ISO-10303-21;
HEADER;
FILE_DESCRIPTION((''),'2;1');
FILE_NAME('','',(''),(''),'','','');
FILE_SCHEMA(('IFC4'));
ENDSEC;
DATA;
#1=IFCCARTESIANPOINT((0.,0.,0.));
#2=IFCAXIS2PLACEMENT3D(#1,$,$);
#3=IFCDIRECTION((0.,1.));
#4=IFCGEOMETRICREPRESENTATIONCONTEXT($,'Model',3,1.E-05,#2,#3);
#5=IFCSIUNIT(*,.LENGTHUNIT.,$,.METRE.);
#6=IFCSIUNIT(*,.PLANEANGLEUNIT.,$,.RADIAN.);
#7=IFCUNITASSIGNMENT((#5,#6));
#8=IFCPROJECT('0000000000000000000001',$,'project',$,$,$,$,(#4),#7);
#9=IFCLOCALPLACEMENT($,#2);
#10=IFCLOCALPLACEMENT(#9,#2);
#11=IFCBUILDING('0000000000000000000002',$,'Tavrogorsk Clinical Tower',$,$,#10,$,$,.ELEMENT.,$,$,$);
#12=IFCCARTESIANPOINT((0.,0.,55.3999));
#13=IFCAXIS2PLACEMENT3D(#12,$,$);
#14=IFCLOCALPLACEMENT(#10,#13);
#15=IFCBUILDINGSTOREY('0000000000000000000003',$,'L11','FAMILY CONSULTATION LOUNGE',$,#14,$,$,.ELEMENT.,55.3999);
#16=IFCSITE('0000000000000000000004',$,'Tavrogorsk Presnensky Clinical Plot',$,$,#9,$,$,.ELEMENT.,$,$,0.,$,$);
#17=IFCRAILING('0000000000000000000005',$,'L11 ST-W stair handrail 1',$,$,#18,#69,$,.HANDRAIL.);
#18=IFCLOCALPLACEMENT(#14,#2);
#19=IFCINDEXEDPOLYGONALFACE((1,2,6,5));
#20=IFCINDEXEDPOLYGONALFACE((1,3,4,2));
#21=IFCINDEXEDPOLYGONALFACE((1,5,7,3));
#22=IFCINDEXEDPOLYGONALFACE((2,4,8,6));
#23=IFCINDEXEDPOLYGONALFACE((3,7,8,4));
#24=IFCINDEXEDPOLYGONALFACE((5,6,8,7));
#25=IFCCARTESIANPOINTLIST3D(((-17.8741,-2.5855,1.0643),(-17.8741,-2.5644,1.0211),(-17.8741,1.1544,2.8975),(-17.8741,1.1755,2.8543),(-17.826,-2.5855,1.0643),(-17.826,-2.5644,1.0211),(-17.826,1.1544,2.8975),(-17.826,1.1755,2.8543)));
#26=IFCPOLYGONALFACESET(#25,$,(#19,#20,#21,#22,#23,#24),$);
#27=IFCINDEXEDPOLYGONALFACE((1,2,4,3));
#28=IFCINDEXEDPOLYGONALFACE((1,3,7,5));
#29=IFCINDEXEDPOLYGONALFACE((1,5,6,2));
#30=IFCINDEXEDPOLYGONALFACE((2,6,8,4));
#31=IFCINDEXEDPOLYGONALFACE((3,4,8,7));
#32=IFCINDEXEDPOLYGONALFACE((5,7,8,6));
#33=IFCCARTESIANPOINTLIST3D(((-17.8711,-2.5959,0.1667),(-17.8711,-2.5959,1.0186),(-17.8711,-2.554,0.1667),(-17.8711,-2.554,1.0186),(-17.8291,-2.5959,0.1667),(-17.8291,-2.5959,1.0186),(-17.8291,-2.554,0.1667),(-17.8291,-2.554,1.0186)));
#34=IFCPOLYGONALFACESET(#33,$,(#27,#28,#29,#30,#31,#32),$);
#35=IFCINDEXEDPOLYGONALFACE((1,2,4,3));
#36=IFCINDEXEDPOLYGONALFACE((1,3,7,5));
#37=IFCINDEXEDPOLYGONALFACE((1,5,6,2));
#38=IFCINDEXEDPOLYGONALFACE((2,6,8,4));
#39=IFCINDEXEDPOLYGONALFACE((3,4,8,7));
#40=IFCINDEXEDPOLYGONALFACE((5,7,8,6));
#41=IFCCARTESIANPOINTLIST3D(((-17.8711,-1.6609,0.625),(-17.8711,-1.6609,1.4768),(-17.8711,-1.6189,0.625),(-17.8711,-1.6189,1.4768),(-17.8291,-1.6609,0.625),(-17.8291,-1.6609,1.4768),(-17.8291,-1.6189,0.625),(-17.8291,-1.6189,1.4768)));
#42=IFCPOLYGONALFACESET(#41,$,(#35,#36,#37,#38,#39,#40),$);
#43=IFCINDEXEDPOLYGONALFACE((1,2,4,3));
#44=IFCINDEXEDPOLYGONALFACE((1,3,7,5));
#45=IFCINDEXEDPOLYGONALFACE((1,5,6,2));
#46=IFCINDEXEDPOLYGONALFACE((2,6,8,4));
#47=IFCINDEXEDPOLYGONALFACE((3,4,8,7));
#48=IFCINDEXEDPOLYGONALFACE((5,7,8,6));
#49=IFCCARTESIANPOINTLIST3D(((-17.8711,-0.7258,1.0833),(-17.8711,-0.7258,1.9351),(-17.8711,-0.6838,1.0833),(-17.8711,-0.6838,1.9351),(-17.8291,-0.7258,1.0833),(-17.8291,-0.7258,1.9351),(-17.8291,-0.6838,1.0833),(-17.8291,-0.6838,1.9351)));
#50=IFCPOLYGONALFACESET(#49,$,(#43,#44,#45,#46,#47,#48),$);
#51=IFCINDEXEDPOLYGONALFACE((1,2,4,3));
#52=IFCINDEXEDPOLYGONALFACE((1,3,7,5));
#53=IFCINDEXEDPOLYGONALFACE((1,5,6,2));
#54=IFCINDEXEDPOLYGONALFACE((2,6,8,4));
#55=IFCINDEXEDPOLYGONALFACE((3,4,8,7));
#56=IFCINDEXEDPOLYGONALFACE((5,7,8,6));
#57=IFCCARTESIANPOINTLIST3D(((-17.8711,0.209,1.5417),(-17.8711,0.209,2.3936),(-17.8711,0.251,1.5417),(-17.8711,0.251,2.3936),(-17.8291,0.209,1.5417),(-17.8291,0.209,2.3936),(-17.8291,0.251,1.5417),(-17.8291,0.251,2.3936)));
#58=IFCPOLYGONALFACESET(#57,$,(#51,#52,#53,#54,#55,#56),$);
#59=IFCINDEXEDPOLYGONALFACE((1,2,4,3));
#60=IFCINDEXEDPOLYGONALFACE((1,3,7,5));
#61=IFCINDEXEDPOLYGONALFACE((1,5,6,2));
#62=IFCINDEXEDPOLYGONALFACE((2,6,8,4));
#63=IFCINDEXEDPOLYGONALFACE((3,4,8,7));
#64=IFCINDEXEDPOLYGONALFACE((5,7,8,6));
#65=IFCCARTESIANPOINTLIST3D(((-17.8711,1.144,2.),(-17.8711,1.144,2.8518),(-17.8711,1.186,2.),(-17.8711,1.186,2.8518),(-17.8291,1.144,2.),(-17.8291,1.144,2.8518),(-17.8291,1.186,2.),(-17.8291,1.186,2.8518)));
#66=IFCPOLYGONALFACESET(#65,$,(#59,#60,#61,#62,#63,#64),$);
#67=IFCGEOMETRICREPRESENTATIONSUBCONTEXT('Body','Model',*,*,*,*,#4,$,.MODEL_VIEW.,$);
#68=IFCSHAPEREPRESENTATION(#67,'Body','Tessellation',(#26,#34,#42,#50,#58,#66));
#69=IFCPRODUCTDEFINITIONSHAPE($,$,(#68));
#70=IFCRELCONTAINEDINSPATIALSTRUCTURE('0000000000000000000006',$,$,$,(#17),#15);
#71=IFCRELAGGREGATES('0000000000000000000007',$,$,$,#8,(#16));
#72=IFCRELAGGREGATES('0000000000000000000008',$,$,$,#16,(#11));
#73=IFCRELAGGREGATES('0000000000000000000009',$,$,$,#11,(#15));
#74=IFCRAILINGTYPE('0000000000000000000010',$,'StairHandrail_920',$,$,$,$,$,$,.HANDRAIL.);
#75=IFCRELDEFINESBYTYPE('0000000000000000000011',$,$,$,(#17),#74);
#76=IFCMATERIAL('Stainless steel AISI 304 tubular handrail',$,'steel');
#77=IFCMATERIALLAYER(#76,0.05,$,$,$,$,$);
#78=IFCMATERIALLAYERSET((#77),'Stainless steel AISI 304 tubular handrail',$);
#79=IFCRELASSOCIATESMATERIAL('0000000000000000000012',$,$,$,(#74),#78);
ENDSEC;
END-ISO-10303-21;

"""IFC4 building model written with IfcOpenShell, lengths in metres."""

from ifc_helpers import new_model, si_unit, direction, frame, origin, origin_2d, place, context, subcontext, project, spatial, rectangle, extrude, material, layer, layer_set, type_object, element, save


model = new_model("IFC4")

# Units and contexts
model_context = context("Model", 3, precision=1e-05, world=origin(), true_north=direction((0.0, 1.0)))
body_context = subcontext(model_context, "Body", "Model", "MODEL_VIEW")
ifc_project = project(units=[si_unit("LENGTHUNIT", "METRE"), si_unit("PLANEANGLEUNIT", "RADIAN")], contexts=[model_context])

# Site, building, storey
site_placement = place(None, origin())
site = spatial("IfcSite", under=ifc_project, at=site_placement, Name="Tavrogorsk Presnensky Clinical Plot", CompositionType="ELEMENT", RefElevation=0.0)
building_placement = place(site_placement, origin())
building = spatial("IfcBuilding", under=site, at=building_placement, Name="Tavrogorsk Clinical Tower", CompositionType="ELEMENT")
storey_placement = place(building_placement, frame((0.0, 0.0, 55.3999)))
storey = spatial("IfcBuildingStorey", under=building, at=storey_placement, Name="L11", Description="FAMILY CONSULTATION LOUNGE", CompositionType="ELEMENT", Elevation=55.3999)

# Railing
ifc_material_1 = material(Name="Stainless steel AISI 304 tubular handrail", Category="steel")
ifc_layer_1 = layer(ifc_material_1, 0.05)
ifc_layer_set_1 = layer_set([ifc_layer_1], Name="Stainless steel AISI 304 tubular handrail")
railing_type_1 = type_object("IfcRailingType", Name="StairHandrail_920", PredefinedType="HANDRAIL", material=ifc_layer_set_1)
railing_1_placement = place(storey_placement, frame((-17.8501, -2.575, 0.1667)))
element("IfcRailing", 1, at=railing_1_placement, inside=storey, type_object=railing_type_1, Name="L11 ST-W stair handrail 1", PredefinedType="HANDRAIL", context=body_context, shape_type="SweptSolid", body=[
    extrude(rectangle(XDim=0.0481, YDim=0.0481, at=origin_2d()), frame((0.0, 0.0, 0.876), z_axis=(0.0, 0.897928, 0.440142), x_axis=(-1.0, 0.0, 0.0)), (0.0, 0.0, 1.0), 4.165),
    extrude(rectangle(XDim=0.042, YDim=0.042, at=origin_2d()), origin(), (0.0, 0.0, 1.0), 0.8518),
    extrude(rectangle(XDim=0.042, YDim=0.042, at=origin_2d()), frame((0.0, 0.9351, 0.4583)), (0.0, 0.0, 1.0), 0.8518),
    extrude(rectangle(XDim=0.042, YDim=0.042, at=origin_2d()), frame((0.0, 1.8701, 0.9165)), (0.0, 0.0, 1.0), 0.8518),
    extrude(rectangle(XDim=0.042, YDim=0.042, at=origin_2d()), frame((0.0, 2.8049, 1.375)), (0.0, 0.0, 1.0), 0.8518),
    extrude(rectangle(XDim=0.042, YDim=0.042, at=origin_2d()), frame((0.0, 3.74, 1.8333)), (0.0, 0.0, 1.0), 0.8518),
])

save(model, "model.ifc")
